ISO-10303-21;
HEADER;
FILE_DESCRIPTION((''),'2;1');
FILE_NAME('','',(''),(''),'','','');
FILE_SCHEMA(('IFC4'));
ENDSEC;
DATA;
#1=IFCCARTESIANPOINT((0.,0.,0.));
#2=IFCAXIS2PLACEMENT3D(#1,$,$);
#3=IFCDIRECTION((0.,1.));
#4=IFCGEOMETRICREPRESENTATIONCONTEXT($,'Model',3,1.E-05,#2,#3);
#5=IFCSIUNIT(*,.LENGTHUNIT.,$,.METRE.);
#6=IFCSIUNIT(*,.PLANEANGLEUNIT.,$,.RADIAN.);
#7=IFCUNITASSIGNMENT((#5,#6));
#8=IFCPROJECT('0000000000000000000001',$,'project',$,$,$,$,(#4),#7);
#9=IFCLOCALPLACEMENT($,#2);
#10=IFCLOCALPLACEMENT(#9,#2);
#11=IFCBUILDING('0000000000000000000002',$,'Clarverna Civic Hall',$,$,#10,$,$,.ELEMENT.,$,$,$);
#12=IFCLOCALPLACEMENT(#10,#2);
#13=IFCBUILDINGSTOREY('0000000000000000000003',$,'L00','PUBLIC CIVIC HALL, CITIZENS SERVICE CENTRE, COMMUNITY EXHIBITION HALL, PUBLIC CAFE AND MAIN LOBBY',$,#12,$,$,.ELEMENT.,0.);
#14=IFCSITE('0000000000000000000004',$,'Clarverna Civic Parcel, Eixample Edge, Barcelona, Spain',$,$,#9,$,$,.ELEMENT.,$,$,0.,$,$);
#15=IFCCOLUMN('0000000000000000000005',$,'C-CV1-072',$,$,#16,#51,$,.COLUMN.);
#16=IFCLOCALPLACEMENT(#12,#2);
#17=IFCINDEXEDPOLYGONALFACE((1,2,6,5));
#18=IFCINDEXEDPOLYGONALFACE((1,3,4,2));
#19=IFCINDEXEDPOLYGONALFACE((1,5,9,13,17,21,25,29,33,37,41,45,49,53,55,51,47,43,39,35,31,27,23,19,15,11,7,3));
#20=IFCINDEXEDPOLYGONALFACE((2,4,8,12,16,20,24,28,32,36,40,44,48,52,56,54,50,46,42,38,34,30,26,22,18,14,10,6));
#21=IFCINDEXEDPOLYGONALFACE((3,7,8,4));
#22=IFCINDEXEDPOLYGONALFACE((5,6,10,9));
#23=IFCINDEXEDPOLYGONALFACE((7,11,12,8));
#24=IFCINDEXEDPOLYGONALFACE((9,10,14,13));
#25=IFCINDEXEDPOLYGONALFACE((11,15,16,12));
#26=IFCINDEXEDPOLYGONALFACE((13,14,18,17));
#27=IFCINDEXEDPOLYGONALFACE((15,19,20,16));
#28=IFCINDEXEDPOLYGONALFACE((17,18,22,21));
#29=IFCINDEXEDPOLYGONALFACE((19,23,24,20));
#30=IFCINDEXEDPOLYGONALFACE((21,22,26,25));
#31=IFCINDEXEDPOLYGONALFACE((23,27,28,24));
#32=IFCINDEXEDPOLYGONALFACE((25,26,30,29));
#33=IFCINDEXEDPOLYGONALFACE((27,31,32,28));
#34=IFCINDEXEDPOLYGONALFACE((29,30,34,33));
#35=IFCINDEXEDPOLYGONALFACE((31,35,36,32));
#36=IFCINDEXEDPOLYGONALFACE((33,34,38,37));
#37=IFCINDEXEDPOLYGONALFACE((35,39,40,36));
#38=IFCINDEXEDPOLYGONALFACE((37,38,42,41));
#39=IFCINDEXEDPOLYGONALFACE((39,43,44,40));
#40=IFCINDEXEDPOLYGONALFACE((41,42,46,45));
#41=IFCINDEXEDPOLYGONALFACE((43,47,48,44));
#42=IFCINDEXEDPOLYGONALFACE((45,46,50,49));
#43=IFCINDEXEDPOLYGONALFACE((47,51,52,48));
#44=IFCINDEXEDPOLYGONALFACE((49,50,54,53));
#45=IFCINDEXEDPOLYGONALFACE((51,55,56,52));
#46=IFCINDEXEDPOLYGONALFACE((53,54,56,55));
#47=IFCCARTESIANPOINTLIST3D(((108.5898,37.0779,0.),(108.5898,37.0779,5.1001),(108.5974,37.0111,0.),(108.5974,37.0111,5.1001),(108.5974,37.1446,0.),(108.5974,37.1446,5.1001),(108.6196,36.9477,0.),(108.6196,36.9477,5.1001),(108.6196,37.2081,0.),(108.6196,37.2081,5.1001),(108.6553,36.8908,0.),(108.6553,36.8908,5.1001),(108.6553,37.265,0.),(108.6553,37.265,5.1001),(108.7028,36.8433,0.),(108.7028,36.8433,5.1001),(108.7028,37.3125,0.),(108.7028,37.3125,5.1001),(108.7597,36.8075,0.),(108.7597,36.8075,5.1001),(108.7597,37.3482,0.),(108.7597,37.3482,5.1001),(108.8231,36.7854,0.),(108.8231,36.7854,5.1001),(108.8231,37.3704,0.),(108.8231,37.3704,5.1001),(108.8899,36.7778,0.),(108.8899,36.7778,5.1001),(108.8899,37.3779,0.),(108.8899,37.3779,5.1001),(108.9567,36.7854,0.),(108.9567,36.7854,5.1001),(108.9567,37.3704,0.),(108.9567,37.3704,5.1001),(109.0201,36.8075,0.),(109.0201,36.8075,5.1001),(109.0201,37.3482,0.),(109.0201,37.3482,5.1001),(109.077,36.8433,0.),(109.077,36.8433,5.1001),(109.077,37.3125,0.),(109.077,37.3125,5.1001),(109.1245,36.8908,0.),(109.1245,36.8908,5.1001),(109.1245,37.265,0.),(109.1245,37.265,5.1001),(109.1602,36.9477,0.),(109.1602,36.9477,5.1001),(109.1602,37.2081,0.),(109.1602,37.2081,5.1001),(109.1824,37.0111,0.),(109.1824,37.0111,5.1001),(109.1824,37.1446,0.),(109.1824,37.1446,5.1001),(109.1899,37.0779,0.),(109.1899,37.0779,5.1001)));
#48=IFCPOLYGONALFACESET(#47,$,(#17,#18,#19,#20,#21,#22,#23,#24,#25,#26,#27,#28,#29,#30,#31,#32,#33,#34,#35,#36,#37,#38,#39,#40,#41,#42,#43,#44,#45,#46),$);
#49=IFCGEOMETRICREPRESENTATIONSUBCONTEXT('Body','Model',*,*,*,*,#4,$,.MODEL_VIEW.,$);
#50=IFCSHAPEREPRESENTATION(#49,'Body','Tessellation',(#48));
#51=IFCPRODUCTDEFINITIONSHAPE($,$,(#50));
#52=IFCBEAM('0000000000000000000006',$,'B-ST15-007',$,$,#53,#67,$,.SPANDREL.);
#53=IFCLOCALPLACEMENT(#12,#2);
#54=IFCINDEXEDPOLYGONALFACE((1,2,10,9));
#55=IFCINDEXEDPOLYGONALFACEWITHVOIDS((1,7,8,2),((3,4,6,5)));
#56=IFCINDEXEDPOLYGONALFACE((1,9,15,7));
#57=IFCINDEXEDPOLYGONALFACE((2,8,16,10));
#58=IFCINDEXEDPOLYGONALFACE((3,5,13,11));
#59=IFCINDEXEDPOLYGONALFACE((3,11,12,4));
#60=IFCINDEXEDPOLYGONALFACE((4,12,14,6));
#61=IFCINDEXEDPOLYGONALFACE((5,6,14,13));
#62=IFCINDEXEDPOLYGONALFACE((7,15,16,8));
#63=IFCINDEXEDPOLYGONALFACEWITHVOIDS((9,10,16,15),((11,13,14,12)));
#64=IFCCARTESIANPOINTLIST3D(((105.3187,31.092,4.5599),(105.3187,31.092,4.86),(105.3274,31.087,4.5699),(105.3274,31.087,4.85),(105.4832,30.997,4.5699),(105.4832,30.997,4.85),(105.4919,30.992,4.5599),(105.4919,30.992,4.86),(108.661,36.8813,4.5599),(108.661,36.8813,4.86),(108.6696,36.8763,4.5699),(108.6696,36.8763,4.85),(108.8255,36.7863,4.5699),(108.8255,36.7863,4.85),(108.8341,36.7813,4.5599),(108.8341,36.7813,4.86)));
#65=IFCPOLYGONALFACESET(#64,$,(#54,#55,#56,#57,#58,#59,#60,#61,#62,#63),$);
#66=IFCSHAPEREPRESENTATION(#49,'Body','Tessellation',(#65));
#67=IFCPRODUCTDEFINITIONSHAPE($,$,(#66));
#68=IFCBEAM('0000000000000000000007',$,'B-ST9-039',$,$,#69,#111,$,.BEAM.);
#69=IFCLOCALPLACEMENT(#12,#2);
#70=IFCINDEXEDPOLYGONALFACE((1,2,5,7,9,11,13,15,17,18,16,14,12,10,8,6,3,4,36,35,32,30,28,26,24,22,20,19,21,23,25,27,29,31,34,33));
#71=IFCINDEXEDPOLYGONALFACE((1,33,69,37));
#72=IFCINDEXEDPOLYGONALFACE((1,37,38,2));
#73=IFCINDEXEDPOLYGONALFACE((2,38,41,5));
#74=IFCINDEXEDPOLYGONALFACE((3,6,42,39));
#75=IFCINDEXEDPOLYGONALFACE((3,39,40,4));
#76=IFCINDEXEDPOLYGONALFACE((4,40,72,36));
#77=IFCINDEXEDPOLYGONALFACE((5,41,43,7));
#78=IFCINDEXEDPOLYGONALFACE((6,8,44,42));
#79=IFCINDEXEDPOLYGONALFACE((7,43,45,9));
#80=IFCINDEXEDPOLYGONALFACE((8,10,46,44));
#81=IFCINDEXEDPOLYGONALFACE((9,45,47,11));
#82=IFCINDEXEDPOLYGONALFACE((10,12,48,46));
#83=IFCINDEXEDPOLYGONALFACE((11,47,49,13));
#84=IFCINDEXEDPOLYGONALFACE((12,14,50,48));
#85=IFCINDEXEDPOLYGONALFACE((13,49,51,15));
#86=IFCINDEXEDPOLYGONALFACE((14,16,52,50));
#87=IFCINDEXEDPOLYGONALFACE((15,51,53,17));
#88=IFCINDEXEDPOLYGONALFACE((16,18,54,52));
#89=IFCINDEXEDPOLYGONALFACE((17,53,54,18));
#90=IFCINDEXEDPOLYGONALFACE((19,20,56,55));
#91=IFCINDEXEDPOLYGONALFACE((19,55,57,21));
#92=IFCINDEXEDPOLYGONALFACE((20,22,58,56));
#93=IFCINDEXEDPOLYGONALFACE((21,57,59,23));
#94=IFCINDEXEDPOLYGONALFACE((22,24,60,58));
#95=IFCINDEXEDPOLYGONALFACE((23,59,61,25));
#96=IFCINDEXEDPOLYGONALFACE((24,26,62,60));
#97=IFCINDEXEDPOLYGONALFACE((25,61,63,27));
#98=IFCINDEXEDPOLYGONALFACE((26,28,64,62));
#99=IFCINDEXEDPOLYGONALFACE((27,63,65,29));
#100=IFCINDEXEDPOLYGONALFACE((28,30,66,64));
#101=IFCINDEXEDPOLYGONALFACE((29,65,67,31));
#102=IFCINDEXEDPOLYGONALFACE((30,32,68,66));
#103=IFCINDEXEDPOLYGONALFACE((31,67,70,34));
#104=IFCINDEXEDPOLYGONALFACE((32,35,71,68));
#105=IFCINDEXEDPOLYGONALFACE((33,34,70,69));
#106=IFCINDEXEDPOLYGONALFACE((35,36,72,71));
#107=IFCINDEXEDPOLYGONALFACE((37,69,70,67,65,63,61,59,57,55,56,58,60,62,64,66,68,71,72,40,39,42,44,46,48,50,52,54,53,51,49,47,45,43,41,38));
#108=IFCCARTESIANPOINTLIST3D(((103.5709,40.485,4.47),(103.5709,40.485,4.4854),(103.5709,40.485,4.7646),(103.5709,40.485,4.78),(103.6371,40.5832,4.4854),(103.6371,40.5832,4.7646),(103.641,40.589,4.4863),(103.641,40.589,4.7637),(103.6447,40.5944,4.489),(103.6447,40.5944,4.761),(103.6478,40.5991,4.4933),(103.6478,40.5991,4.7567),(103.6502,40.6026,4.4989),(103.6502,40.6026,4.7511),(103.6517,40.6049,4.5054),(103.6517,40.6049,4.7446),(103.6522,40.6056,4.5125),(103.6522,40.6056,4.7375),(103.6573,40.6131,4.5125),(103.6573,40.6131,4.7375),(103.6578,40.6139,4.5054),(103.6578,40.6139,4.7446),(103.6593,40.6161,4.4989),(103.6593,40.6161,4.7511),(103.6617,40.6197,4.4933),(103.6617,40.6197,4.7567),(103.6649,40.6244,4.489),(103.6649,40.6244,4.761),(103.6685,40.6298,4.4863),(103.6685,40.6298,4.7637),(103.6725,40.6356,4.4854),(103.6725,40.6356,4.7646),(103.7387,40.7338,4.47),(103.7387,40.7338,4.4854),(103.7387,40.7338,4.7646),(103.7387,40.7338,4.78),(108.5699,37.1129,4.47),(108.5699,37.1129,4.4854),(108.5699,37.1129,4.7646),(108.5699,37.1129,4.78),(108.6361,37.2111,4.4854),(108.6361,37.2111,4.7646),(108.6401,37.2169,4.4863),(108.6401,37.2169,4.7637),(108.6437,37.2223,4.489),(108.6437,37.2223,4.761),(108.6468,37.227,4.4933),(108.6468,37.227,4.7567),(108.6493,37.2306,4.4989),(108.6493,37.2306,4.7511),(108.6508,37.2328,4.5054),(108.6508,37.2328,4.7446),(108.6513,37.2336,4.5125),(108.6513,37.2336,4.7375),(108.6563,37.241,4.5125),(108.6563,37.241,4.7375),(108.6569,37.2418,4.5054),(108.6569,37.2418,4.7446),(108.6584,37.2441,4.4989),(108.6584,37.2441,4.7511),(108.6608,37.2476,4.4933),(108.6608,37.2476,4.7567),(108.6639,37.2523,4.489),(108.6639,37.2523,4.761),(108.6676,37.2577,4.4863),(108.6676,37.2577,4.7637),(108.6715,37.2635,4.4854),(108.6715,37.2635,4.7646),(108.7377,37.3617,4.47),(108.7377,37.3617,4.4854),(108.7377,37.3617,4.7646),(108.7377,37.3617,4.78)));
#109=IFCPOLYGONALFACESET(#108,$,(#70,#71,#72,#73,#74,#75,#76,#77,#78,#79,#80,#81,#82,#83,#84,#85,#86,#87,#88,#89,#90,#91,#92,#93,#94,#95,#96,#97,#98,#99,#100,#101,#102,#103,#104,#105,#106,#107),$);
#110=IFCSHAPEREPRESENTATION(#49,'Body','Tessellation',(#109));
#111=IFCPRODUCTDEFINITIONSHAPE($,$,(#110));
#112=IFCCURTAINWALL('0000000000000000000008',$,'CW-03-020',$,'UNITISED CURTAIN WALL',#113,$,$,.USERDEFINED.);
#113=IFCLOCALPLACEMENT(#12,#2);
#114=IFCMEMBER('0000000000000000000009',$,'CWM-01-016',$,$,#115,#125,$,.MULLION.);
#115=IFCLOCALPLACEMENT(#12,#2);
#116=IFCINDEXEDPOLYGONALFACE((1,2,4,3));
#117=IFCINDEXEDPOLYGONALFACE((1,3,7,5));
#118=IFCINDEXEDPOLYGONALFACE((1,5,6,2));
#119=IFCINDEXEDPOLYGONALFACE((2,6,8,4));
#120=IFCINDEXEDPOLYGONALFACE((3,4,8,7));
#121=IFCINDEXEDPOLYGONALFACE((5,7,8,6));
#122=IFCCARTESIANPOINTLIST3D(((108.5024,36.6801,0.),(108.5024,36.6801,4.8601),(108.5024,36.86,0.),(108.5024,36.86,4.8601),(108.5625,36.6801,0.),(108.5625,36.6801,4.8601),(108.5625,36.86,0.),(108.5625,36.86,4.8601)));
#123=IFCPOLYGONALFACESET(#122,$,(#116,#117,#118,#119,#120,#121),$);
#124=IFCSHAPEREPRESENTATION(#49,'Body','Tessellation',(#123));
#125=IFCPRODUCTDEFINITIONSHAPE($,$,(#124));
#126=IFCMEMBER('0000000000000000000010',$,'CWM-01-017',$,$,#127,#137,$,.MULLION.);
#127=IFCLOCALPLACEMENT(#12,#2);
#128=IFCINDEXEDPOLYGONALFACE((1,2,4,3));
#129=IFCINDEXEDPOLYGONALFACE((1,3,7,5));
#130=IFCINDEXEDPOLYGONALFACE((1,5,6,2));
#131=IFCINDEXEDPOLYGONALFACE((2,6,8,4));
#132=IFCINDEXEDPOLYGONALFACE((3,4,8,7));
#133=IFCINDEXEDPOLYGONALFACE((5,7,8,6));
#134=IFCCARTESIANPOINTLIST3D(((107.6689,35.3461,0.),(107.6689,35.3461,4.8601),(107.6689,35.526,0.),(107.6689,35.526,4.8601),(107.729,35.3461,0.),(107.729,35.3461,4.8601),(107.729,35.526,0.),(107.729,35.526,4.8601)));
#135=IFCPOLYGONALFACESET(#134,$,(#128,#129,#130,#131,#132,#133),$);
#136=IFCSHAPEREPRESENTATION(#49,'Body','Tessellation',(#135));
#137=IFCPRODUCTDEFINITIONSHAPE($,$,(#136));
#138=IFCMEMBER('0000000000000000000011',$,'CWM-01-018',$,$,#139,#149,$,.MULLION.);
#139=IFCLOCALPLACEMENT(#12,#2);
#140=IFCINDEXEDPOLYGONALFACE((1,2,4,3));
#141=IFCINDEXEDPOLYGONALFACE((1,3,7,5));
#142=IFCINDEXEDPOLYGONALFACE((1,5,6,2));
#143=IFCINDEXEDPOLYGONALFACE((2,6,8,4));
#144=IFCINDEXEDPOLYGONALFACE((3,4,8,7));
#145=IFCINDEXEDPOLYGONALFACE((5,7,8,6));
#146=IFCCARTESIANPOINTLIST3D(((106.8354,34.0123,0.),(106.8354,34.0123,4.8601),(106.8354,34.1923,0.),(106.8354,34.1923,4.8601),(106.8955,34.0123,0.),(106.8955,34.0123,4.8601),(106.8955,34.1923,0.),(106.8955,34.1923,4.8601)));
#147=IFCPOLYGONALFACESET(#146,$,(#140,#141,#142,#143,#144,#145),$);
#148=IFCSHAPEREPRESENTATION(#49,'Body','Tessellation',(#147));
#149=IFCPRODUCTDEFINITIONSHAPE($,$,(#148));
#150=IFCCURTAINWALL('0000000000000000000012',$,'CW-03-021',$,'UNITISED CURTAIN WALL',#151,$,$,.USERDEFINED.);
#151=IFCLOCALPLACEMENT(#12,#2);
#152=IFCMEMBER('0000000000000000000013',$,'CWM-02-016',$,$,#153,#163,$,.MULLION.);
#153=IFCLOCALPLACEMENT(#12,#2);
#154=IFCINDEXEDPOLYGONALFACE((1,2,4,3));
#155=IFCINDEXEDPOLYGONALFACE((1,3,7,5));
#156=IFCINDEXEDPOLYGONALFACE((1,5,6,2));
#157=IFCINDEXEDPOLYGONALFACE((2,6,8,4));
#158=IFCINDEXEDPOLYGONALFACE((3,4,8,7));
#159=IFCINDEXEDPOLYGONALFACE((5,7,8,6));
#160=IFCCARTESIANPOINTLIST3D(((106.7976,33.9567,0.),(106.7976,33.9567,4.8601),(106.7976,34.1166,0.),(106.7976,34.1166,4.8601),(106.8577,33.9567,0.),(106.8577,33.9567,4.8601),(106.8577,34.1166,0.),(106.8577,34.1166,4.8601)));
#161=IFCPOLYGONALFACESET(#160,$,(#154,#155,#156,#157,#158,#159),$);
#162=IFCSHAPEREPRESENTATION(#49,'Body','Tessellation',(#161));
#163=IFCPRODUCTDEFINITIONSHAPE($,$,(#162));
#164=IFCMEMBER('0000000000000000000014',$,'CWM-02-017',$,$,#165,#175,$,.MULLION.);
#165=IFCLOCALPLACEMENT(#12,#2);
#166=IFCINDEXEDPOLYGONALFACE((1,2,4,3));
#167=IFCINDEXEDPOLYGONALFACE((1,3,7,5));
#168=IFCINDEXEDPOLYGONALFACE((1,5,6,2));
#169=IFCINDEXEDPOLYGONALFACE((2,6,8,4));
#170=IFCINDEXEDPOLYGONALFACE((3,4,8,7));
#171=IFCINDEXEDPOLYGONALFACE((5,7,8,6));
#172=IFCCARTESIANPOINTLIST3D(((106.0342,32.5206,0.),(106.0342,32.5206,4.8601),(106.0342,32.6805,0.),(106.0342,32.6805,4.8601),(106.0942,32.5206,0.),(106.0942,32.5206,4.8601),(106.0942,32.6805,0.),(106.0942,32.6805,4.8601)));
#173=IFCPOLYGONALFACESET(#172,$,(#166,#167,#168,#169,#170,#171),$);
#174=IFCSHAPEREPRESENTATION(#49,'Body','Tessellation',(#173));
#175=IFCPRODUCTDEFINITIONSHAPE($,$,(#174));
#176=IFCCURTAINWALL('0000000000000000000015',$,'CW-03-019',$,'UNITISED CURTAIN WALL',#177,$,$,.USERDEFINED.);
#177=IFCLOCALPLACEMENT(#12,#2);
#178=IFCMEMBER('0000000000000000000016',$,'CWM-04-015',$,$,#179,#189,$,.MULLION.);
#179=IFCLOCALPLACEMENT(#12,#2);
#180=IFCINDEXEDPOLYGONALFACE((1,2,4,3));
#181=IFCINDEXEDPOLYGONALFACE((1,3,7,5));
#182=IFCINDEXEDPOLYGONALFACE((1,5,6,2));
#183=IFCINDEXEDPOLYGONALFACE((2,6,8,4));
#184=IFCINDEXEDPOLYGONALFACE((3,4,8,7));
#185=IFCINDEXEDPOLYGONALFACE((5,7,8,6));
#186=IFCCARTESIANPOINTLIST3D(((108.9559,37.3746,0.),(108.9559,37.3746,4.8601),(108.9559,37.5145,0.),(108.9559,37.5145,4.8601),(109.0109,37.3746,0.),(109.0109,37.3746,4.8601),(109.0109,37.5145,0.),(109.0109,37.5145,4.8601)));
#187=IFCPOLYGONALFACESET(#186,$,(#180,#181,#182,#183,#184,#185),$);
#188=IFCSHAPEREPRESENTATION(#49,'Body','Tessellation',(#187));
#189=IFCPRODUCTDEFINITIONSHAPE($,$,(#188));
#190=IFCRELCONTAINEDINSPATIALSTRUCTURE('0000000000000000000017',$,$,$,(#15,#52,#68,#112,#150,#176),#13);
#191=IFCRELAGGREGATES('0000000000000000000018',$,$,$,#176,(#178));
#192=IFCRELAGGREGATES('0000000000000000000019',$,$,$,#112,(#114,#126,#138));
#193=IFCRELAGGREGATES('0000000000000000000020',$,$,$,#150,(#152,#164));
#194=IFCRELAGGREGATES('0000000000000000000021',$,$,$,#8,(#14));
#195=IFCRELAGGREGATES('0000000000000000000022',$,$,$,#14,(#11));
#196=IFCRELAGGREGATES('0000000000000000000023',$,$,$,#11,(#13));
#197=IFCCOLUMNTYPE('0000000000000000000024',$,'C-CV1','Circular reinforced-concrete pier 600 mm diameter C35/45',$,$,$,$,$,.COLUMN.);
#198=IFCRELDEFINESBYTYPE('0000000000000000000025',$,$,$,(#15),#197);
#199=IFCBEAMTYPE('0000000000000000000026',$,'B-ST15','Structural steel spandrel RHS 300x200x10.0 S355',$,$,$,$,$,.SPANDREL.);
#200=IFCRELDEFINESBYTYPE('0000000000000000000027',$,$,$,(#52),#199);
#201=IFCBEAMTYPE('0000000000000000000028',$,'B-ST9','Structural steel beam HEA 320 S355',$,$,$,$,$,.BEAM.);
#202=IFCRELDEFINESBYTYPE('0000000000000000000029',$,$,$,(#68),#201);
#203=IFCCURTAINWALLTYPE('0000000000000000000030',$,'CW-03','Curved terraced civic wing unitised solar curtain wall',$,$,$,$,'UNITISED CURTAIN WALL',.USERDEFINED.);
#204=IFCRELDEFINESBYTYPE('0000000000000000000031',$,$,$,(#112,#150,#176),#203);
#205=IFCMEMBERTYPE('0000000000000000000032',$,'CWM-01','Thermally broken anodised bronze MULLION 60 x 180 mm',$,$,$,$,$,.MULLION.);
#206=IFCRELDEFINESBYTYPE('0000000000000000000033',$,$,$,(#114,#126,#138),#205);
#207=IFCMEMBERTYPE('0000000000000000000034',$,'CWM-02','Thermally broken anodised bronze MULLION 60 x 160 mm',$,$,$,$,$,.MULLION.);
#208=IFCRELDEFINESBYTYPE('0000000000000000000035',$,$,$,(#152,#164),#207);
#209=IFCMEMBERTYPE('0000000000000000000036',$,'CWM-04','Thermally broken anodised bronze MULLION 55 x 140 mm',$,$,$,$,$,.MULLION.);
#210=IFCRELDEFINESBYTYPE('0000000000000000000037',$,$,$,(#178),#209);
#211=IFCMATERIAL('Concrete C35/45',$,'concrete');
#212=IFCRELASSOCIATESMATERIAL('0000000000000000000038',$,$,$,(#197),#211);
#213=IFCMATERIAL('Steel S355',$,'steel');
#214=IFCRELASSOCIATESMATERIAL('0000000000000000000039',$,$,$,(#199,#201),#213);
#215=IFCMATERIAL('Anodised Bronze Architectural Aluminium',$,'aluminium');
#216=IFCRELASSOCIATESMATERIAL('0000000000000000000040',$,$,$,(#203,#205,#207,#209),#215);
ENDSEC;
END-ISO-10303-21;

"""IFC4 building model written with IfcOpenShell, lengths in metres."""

from ifc_helpers import new_model, si_unit, direction, frame, origin, origin_2d, place, context, subcontext, project, spatial, rectangle, hollow_rectangle, circle, i_section, extrude, material, material_profile, profile_set, type_object, element, aggregate, save


model = new_model("IFC4")

# Units and contexts
model_context = context("Model", 3, precision=1e-05, world=origin(), true_north=direction((0.0, 1.0)))
body_context = subcontext(model_context, "Body", "Model", "MODEL_VIEW")
ifc_project = project(units=[si_unit("LENGTHUNIT", "METRE"), si_unit("PLANEANGLEUNIT", "RADIAN")], contexts=[model_context])

# Site, building, storey
site_placement = place(None, origin())
site = spatial("IfcSite", under=ifc_project, at=site_placement, Name="Clarverna Civic Parcel, Eixample Edge, Barcelona, Spain", CompositionType="ELEMENT", RefElevation=0.0)
building_placement = place(site_placement, origin())
building = spatial("IfcBuilding", under=site, at=building_placement, Name="Clarverna Civic Hall", CompositionType="ELEMENT")
storey_placement = place(building_placement, origin())
storey = spatial("IfcBuildingStorey", under=building, at=storey_placement, Name="L00", Description="PUBLIC CIVIC HALL, CITIZENS SERVICE CENTRE, COMMUNITY EXHIBITION HALL, PUBLIC CAFE AND MAIN LOBBY", CompositionType="ELEMENT", Elevation=0.0)

# Column
ifc_material_1 = material(Name="Concrete C35/45", Category="concrete")
ifc_material_profile_1 = material_profile(ifc_material_1, circle(Radius=0.3, at=origin_2d()), Name="RC D600")
ifc_profile_set_1 = profile_set([ifc_material_profile_1], Name="Concrete C35/45")
column_type = type_object("IfcColumnType", Name="C-CV1", Description="Circular reinforced-concrete pier 600 mm diameter C35/45", PredefinedType="COLUMN", material=ifc_profile_set_1)
column_placement = place(storey_placement, frame((108.8899, 37.0779, 0.0), z_axis=(0.0, 0.0, 1.0), x_axis=(1.0, 0.0, 0.0)))
element("IfcColumn", 1, at=column_placement, inside=storey, type_object=column_type, Name="C-CV1-072", PredefinedType="COLUMN", context=body_context, shape_type="SweptSolid", body=[
    extrude(circle(Radius=0.3, at=origin_2d()), origin(), (0.0, 0.0, 1.0), 5.1001),
])

# Beams
ifc_material_2 = material(Name="Steel S355", Category="steel")
ifc_material_profile_2 = material_profile(ifc_material_2, hollow_rectangle(XDim=0.2, YDim=0.3, WallThickness=0.01, at=origin_2d()), Name="RHS 300x200x10.0")
ifc_profile_set_2 = profile_set([ifc_material_profile_2], Name="Steel S355")
beam_type_1 = type_object("IfcBeamType", Name="B-ST15", Description="Structural steel spandrel RHS 300x200x10.0 S355", PredefinedType="SPANDREL", material=ifc_profile_set_2)
beam_1_placement = place(storey_placement, frame((108.7476, 36.8313, 4.71), z_axis=(-0.499981, -0.866037, 0.0), x_axis=(0.866037, -0.499981, 0.0)))
element("IfcBeam", 2, at=beam_1_placement, inside=storey, type_object=beam_type_1, Name="B-ST15-007", PredefinedType="SPANDREL", context=body_context, shape_type="SweptSolid", body=[
    extrude(hollow_rectangle(XDim=0.2, YDim=0.3, WallThickness=0.01, at=origin_2d()), origin(), (0.0, 0.0, 1.0), 6.6848),
])
ifc_material_profile_3 = material_profile(ifc_material_2, i_section(OverallWidth=0.3, OverallDepth=0.3101, WebThickness=0.009, FlangeThickness=0.0154, FilletRadius=0.0271, at=origin_2d()), Name="HEA 320")
ifc_profile_set_3 = profile_set([ifc_material_profile_3], Name="Steel S355")
beam_type_2 = type_object("IfcBeamType", Name="B-ST9", Description="Structural steel beam HEA 320 S355", PredefinedType="BEAM", material=ifc_profile_set_3)
beam_2_placement = place(storey_placement, frame((108.6538, 37.2373, 4.625), z_axis=(-0.829023, 0.559214, 0.0), x_axis=(-0.559214, -0.829023, 0.0)))
element("IfcBeam", 3, at=beam_2_placement, inside=storey, type_object=beam_type_2, Name="B-ST9-039", PredefinedType="BEAM", context=body_context, shape_type="SweptSolid", body=[
    extrude(i_section(OverallWidth=0.3, OverallDepth=0.3101, WebThickness=0.009, FlangeThickness=0.0154, FilletRadius=0.0271, at=origin_2d()), origin(), (0.0, 0.0, 1.0), 6.03),
])

# Curtain walls, members
ifc_material_3 = material(Name="Anodised Bronze Architectural Aluminium", Category="aluminium")
curtain_wall_type = type_object("IfcCurtainWallType", Name="CW-03", Description="Curved terraced civic wing unitised solar curtain wall", ElementType="UNITISED CURTAIN WALL", PredefinedType="USERDEFINED", material=ifc_material_3)
curtain_wall_1_placement = place(storey_placement, origin())
curtain_wall_1 = element("IfcCurtainWall", 4, at=curtain_wall_1_placement, inside=storey, type_object=curtain_wall_type, Name="CW-03-020", ObjectType="UNITISED CURTAIN WALL", PredefinedType="USERDEFINED")
ifc_material_profile_4 = material_profile(ifc_material_3, rectangle(XDim=0.0601, YDim=0.1799, at=origin_2d()), Name="BRONZE 60x180")
ifc_profile_set_4 = profile_set([ifc_material_profile_4], Name="Anodised Bronze Architectural Aluminium")
member_type_1 = type_object("IfcMemberType", Name="CWM-01", Description="Thermally broken anodised bronze MULLION 60 x 180 mm", PredefinedType="MULLION", material=ifc_profile_set_4)
member_1_placement = place(storey_placement, frame((108.5325, 36.77, 0.0), z_axis=(0.0, 0.0, 1.0), x_axis=(1.0, 0.0, 0.0)))
member_1 = element("IfcMember", 5, at=member_1_placement, type_object=member_type_1, Name="CWM-01-016", PredefinedType="MULLION", context=body_context, shape_type="SweptSolid", body=[
    extrude(rectangle(XDim=0.0601, YDim=0.1799, at=origin_2d()), origin(), (0.0, 0.0, 1.0), 4.8601),
])
member_2_placement = place(storey_placement, frame((107.699, 35.436, 0.0), z_axis=(0.0, 0.0, 1.0), x_axis=(1.0, 0.0, 0.0)))
member_2 = element("IfcMember", 6, at=member_2_placement, type_object=member_type_1, Name="CWM-01-017", PredefinedType="MULLION", context=body_context, shape_type="SweptSolid", body=[
    extrude(rectangle(XDim=0.0601, YDim=0.1799, at=origin_2d()), origin(), (0.0, 0.0, 1.0), 4.8601),
])
member_3_placement = place(storey_placement, frame((106.8655, 34.1023, 0.0), z_axis=(0.0, 0.0, 1.0), x_axis=(1.0, 0.0, 0.0)))
member_3 = element("IfcMember", 7, at=member_3_placement, type_object=member_type_1, Name="CWM-01-018", PredefinedType="MULLION", context=body_context, shape_type="SweptSolid", body=[
    extrude(rectangle(XDim=0.0601, YDim=0.1799, at=origin_2d()), origin(), (0.0, 0.0, 1.0), 4.8601),
])
curtain_wall_2_placement = place(storey_placement, origin())
curtain_wall_2 = element("IfcCurtainWall", 8, at=curtain_wall_2_placement, inside=storey, type_object=curtain_wall_type, Name="CW-03-021", ObjectType="UNITISED CURTAIN WALL", PredefinedType="USERDEFINED")
ifc_material_profile_5 = material_profile(ifc_material_3, rectangle(XDim=0.0601, YDim=0.1599, at=origin_2d()), Name="BRONZE 60x160")
ifc_profile_set_5 = profile_set([ifc_material_profile_5], Name="Anodised Bronze Architectural Aluminium")
member_type_2 = type_object("IfcMemberType", Name="CWM-02", Description="Thermally broken anodised bronze MULLION 60 x 160 mm", PredefinedType="MULLION", material=ifc_profile_set_5)
member_4_placement = place(storey_placement, frame((106.8276, 34.0366, 0.0), z_axis=(0.0, 0.0, 1.0), x_axis=(1.0, 0.0, 0.0)))
member_4 = element("IfcMember", 9, at=member_4_placement, type_object=member_type_2, Name="CWM-02-016", PredefinedType="MULLION", context=body_context, shape_type="SweptSolid", body=[
    extrude(rectangle(XDim=0.0601, YDim=0.1599, at=origin_2d()), origin(), (0.0, 0.0, 1.0), 4.8601),
])
member_5_placement = place(storey_placement, frame((106.0642, 32.6006, 0.0), z_axis=(0.0, 0.0, 1.0), x_axis=(1.0, 0.0, 0.0)))
member_5 = element("IfcMember", 10, at=member_5_placement, type_object=member_type_2, Name="CWM-02-017", PredefinedType="MULLION", context=body_context, shape_type="SweptSolid", body=[
    extrude(rectangle(XDim=0.0601, YDim=0.1599, at=origin_2d()), origin(), (0.0, 0.0, 1.0), 4.8601),
])

# Curtain wall, member
curtain_wall_3_placement = place(storey_placement, origin())
curtain_wall_3 = element("IfcCurtainWall", 11, at=curtain_wall_3_placement, inside=storey, type_object=curtain_wall_type, Name="CW-03-019", ObjectType="UNITISED CURTAIN WALL", PredefinedType="USERDEFINED")
ifc_material_profile_6 = material_profile(ifc_material_3, rectangle(XDim=0.0549, YDim=0.1399, at=origin_2d()), Name="BRONZE 55x140")
ifc_profile_set_6 = profile_set([ifc_material_profile_6], Name="Anodised Bronze Architectural Aluminium")
member_type_3 = type_object("IfcMemberType", Name="CWM-04", Description="Thermally broken anodised bronze MULLION 55 x 140 mm", PredefinedType="MULLION", material=ifc_profile_set_6)
member_6_placement = place(storey_placement, frame((108.9834, 37.4446, 0.0), z_axis=(0.0, 0.0, 1.0), x_axis=(1.0, 0.0, 0.0)))
member_6 = element("IfcMember", 12, at=member_6_placement, type_object=member_type_3, Name="CWM-04-015", PredefinedType="MULLION", context=body_context, shape_type="SweptSolid", body=[
    extrude(rectangle(XDim=0.0549, YDim=0.1399, at=origin_2d()), origin(), (0.0, 0.0, 1.0), 4.8601),
])
aggregate(curtain_wall_3, [member_6])

aggregate(curtain_wall_1, [member_1, member_2, member_3])
aggregate(curtain_wall_2, [member_4, member_5])

save(model, "model.ifc")
